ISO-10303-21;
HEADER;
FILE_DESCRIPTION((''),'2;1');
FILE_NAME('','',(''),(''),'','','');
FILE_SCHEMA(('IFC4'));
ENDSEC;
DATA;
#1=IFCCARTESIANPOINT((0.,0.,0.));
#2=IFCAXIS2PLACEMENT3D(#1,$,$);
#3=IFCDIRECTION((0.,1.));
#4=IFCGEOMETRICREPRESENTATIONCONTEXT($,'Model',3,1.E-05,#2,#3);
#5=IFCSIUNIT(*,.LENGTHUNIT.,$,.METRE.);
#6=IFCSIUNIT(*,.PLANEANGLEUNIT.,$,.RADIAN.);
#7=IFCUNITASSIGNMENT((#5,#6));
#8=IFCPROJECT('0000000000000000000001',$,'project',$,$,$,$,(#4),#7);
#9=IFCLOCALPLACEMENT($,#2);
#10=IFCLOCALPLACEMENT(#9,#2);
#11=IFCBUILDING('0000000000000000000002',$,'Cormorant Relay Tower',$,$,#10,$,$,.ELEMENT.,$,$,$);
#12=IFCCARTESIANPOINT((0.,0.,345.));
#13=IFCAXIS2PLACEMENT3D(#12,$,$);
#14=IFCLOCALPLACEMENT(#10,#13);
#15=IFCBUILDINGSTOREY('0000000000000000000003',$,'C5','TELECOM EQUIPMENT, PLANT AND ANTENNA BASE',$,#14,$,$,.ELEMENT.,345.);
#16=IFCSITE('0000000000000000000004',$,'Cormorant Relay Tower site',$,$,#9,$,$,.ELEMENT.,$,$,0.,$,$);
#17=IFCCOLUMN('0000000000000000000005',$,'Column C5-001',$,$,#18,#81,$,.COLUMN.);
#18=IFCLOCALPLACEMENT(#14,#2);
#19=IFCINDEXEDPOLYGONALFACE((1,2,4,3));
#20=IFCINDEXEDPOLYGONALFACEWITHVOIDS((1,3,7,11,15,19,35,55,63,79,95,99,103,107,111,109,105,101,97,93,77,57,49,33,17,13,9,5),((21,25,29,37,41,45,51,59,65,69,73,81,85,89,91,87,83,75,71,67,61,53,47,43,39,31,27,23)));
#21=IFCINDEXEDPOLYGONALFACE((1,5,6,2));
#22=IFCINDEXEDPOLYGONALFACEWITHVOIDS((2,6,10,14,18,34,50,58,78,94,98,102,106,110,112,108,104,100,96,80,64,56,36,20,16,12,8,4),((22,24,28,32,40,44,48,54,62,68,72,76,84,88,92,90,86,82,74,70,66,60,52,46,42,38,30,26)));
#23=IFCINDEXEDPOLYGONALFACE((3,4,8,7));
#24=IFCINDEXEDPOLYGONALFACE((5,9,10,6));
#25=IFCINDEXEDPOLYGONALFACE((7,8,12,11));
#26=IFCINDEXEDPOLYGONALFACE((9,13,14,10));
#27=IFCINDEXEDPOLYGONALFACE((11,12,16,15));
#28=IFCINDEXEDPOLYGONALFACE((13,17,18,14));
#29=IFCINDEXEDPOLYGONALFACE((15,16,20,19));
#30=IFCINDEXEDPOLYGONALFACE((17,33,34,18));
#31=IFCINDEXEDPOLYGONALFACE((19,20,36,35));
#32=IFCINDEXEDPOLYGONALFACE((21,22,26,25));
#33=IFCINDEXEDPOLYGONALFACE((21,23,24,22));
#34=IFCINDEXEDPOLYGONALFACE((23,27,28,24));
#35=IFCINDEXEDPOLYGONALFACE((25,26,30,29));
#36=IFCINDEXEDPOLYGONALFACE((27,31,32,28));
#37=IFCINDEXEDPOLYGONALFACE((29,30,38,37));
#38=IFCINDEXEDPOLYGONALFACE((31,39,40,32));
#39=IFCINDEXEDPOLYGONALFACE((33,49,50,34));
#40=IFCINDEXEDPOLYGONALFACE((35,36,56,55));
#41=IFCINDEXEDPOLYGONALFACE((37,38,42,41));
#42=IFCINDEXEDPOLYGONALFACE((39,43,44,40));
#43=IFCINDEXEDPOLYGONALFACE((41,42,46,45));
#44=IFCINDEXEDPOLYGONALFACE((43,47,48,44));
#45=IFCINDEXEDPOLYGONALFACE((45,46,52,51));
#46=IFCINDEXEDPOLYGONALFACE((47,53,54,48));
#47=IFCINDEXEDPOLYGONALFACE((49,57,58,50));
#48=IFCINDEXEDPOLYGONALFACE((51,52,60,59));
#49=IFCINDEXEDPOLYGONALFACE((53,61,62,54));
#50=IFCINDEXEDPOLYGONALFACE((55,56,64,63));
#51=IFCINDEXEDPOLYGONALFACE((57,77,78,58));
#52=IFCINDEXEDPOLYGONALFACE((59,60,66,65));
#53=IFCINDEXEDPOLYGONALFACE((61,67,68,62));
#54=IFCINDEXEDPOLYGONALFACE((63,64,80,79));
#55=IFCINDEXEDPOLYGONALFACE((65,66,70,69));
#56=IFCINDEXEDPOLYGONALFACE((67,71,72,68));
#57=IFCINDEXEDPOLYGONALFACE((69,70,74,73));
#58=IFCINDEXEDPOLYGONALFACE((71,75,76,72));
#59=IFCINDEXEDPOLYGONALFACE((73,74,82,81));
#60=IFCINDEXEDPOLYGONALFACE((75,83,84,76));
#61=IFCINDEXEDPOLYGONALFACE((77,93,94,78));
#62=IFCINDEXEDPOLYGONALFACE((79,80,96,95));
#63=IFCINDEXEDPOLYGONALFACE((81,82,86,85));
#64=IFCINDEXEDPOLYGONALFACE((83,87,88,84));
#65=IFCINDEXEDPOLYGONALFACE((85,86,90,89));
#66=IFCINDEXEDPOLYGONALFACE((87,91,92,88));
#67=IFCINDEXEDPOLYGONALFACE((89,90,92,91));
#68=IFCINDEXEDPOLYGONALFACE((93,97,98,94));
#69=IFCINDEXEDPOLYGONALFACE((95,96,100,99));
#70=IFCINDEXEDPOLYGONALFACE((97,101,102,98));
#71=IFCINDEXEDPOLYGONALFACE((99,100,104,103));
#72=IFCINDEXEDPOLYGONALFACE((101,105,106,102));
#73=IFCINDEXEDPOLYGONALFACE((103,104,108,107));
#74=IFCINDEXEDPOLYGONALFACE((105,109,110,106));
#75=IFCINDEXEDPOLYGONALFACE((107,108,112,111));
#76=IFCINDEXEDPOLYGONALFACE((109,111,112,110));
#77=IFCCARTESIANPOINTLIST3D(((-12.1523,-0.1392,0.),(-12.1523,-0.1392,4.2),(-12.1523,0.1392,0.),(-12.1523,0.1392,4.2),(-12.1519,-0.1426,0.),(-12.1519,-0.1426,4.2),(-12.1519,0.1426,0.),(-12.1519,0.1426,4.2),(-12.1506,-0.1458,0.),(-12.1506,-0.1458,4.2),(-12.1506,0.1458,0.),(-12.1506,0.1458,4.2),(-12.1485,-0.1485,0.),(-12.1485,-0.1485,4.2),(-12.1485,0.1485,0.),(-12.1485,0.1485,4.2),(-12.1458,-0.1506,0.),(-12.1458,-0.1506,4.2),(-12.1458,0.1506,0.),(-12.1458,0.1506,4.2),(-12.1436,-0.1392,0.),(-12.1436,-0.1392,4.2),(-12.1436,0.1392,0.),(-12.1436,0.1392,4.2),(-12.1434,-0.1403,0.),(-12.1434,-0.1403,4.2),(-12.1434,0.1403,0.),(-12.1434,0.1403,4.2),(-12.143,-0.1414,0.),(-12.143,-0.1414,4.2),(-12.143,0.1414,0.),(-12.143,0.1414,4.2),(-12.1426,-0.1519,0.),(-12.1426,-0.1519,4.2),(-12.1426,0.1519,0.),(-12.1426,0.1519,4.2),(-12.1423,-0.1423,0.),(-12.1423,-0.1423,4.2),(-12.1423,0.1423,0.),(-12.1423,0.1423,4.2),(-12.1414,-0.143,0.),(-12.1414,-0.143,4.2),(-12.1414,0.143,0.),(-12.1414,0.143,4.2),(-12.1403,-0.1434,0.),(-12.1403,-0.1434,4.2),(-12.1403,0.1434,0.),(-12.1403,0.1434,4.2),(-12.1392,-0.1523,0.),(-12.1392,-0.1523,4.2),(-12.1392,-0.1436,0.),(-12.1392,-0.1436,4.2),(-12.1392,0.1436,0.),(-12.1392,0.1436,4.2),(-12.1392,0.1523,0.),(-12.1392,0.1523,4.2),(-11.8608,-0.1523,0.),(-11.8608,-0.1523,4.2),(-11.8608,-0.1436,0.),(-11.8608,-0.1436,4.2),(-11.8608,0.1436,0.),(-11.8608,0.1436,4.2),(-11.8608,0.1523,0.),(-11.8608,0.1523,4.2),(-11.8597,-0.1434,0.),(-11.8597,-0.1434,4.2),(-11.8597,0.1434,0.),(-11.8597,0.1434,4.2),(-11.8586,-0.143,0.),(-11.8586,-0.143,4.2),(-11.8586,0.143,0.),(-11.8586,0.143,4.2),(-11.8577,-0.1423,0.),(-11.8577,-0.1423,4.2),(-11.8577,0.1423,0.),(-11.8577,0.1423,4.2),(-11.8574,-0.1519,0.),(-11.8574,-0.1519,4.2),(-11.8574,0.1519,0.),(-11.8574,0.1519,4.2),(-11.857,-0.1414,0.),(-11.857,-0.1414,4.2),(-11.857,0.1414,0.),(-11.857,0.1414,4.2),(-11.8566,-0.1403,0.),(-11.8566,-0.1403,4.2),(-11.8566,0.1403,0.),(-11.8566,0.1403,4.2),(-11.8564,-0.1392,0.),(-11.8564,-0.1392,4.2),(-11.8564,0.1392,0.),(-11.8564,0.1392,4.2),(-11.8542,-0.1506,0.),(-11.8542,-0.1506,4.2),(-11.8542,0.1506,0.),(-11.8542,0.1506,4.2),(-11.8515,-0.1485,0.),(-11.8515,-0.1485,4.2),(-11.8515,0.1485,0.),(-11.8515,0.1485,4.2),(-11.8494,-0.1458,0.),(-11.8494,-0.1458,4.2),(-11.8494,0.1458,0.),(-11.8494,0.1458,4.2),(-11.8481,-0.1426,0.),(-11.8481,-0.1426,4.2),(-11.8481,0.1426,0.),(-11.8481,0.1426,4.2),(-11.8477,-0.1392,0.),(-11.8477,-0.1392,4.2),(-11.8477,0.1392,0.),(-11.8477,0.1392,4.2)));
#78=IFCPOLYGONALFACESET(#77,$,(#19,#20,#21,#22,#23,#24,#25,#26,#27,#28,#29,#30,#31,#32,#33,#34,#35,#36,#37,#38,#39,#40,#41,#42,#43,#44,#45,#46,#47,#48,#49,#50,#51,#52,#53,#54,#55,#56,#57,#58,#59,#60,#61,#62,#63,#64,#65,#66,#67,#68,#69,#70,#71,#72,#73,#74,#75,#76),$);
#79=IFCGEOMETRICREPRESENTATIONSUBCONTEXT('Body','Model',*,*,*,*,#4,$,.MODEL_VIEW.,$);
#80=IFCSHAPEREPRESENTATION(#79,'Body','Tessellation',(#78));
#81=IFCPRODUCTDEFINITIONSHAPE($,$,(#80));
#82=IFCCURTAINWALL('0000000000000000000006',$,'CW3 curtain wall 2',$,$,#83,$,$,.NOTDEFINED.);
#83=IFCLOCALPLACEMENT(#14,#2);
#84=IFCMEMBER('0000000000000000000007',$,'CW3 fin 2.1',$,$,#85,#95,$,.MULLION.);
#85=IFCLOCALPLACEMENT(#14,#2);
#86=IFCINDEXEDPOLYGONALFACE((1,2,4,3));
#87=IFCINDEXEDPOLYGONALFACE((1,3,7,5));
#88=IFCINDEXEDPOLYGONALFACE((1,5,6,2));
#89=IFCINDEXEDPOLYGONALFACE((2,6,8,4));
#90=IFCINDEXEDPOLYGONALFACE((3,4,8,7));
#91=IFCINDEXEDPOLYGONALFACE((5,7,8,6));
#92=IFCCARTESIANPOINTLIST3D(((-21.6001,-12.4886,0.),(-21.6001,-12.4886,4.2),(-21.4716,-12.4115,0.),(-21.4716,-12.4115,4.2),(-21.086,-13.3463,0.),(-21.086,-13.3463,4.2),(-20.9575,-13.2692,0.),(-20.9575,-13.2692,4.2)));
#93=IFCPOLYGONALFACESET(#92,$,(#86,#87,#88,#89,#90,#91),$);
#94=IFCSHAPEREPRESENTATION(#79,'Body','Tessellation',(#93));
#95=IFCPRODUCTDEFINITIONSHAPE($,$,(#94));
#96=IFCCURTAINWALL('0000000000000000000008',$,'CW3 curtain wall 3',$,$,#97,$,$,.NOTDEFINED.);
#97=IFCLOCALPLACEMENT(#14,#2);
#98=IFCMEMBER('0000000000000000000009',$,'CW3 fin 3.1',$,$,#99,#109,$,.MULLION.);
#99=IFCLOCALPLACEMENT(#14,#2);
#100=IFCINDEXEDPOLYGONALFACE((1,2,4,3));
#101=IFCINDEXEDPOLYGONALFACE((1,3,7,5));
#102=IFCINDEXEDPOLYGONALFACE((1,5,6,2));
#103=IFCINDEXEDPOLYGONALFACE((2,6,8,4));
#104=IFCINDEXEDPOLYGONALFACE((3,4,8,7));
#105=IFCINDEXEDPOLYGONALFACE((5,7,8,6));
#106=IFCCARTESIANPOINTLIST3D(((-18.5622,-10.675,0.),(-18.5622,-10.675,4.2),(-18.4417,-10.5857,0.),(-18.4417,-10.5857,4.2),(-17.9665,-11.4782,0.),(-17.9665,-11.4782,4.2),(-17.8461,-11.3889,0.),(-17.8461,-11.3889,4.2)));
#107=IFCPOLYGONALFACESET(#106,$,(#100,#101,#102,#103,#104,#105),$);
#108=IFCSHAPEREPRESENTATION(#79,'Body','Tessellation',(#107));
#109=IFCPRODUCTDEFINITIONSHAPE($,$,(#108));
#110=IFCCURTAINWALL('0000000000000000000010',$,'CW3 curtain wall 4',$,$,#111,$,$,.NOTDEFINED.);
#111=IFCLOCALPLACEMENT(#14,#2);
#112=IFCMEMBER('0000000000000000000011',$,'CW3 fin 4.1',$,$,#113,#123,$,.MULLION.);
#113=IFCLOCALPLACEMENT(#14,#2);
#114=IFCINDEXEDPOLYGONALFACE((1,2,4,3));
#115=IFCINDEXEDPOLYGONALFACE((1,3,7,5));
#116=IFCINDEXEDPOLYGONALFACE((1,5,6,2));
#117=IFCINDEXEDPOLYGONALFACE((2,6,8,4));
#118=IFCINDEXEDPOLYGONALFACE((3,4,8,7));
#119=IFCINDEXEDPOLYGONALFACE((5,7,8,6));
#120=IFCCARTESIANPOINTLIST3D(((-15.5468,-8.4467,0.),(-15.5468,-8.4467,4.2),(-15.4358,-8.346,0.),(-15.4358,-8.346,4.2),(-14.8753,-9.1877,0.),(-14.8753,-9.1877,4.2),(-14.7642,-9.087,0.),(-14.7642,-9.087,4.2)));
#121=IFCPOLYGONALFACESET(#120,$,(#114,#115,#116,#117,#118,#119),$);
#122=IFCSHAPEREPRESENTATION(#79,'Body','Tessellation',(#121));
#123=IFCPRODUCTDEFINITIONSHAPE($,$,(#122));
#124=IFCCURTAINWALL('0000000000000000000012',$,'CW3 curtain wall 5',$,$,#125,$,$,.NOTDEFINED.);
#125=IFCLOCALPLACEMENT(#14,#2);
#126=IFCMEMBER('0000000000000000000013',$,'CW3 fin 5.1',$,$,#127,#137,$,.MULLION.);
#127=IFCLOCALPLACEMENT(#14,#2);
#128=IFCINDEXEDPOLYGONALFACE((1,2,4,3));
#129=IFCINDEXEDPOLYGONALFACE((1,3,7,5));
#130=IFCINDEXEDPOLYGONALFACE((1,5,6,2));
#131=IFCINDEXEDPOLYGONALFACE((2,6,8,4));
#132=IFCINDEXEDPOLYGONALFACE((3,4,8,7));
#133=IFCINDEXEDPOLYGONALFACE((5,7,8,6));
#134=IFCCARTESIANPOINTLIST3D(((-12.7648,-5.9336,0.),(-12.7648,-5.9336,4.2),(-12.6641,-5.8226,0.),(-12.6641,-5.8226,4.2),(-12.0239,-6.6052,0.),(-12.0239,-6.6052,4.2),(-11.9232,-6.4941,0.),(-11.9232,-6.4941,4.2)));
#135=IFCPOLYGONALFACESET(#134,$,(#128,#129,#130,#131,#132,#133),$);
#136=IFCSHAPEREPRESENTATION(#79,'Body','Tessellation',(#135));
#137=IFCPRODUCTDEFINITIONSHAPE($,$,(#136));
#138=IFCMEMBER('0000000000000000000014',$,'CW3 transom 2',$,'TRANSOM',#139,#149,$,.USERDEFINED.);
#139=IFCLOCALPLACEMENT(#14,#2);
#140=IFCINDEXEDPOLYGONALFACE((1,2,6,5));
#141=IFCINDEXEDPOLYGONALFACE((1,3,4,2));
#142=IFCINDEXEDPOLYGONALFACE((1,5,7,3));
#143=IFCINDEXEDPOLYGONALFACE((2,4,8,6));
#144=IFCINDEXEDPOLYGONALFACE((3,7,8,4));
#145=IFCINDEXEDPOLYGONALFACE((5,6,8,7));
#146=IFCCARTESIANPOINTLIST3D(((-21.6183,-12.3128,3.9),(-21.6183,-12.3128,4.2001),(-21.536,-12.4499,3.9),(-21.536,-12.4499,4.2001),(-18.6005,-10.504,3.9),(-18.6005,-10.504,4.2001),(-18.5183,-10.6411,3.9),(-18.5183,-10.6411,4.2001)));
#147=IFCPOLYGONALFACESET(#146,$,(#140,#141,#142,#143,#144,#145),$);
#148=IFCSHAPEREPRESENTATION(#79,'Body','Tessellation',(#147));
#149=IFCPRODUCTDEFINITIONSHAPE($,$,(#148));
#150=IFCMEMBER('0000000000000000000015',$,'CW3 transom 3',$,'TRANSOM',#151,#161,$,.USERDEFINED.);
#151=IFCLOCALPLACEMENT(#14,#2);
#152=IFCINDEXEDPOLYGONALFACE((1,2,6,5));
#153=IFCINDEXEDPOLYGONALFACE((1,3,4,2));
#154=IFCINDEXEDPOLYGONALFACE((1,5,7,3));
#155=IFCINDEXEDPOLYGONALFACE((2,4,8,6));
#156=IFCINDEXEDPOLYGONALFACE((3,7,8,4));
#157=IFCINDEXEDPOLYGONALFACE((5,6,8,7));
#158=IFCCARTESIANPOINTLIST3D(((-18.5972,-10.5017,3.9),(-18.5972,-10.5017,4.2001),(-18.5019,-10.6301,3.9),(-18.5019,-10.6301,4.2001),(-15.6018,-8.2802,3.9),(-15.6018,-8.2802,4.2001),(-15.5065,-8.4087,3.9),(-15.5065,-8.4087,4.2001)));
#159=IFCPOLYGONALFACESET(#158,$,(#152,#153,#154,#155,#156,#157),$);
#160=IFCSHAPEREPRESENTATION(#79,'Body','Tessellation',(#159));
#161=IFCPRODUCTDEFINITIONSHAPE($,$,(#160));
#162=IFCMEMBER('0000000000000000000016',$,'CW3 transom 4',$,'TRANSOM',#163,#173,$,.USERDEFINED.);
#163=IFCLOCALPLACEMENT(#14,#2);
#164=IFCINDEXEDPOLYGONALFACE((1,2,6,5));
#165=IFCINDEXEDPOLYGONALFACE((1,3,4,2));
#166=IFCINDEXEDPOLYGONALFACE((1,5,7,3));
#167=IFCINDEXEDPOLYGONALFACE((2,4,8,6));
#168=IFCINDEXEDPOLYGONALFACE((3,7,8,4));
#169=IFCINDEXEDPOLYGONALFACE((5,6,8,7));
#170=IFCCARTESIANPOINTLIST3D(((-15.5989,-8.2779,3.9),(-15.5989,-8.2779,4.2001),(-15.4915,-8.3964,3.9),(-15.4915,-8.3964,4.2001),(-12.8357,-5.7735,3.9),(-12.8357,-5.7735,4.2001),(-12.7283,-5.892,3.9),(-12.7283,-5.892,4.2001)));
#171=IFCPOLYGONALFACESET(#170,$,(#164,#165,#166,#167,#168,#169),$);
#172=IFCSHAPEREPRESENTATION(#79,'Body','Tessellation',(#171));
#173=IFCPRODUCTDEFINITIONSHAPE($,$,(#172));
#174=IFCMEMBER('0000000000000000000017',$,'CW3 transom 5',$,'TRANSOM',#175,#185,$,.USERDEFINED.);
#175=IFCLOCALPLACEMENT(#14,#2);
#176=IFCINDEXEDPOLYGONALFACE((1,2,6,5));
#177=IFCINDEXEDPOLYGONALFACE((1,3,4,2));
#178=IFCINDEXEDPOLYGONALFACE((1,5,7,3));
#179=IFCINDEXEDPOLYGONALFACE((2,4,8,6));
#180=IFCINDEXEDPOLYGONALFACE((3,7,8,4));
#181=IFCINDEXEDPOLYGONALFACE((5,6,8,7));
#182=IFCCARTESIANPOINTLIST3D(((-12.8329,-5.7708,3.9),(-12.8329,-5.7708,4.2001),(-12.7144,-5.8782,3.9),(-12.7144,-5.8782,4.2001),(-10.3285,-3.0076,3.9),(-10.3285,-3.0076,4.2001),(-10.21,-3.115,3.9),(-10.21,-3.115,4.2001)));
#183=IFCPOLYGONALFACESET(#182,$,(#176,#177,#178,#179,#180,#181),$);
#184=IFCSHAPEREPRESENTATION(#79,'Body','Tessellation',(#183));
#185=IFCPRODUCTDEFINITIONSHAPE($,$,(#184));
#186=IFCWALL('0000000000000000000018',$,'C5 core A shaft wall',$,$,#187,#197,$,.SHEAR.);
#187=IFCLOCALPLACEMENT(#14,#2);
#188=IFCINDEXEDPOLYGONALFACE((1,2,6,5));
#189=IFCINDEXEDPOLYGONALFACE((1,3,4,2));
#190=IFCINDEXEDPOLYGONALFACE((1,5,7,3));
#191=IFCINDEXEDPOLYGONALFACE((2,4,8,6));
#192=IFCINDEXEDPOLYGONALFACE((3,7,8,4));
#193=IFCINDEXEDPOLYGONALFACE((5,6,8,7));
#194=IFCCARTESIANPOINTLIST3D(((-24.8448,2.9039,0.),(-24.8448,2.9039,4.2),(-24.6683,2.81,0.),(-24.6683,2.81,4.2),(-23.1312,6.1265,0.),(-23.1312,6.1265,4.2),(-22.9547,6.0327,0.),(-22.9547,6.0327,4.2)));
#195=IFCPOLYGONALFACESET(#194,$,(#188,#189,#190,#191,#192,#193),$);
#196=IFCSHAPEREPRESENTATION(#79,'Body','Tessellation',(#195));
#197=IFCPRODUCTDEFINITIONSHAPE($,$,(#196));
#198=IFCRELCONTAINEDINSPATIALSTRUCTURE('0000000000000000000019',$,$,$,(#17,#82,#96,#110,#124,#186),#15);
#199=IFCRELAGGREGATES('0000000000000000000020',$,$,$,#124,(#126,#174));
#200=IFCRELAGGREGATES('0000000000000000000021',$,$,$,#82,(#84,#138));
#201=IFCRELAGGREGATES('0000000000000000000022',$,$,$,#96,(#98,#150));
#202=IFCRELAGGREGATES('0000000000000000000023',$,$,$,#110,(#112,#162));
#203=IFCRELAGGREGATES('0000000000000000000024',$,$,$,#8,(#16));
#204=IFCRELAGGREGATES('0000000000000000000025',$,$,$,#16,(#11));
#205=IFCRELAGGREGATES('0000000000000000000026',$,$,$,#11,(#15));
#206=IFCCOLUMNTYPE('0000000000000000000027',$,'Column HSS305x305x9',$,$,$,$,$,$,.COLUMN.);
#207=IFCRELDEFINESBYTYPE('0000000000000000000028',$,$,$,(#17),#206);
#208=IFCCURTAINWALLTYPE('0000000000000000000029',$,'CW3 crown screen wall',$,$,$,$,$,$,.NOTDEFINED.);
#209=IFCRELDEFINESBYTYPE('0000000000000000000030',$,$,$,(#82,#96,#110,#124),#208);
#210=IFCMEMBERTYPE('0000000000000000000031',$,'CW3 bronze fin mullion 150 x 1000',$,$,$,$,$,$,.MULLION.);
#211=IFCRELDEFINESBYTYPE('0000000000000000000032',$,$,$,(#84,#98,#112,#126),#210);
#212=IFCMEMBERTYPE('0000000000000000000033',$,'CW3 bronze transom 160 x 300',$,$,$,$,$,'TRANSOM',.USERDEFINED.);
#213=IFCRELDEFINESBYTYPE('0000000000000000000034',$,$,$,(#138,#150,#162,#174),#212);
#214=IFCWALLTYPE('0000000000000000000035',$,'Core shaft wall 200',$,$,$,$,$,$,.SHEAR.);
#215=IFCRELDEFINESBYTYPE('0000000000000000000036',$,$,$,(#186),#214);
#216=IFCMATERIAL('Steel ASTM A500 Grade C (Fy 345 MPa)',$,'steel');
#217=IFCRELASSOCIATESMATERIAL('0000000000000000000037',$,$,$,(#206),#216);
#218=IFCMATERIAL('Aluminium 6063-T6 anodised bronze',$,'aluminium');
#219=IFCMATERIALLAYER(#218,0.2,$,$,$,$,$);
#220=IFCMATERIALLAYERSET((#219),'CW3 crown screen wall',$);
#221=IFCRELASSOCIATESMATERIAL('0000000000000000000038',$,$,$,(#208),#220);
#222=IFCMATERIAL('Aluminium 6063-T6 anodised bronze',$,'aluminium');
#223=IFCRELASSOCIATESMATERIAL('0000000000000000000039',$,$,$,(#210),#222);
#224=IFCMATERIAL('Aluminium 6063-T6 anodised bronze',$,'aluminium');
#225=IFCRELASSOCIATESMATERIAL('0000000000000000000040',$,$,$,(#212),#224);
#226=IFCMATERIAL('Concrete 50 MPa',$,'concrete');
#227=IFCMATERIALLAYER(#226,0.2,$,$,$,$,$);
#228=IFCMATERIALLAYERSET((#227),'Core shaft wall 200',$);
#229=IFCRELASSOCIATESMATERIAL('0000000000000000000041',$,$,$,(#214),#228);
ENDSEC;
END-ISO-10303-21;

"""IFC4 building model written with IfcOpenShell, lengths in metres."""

from ifc_helpers import new_model, si_unit, direction, frame, frame_2d, origin, origin_2d, place, context, subcontext, project, spatial, rectangle, hollow_rectangle, extrude, material, layer, layer_set, material_profile, profile_set, type_object, element, aggregate, save


model = new_model("IFC4")

# Units and contexts
model_context = context("Model", 3, precision=1e-05, world=origin(), true_north=direction((0.0, 1.0)))
body_context = subcontext(model_context, "Body", "Model", "MODEL_VIEW")
ifc_project = project(units=[si_unit("LENGTHUNIT", "METRE"), si_unit("PLANEANGLEUNIT", "RADIAN")], contexts=[model_context])

# Site, building, storey
site_placement = place(None, origin())
site = spatial("IfcSite", under=ifc_project, at=site_placement, Name="Cormorant Relay Tower site", CompositionType="ELEMENT", RefElevation=0.0)
building_placement = place(site_placement, origin())
building = spatial("IfcBuilding", under=site, at=building_placement, Name="Cormorant Relay Tower", CompositionType="ELEMENT")
storey_placement = place(building_placement, frame((0.0, 0.0, 345.0)))
storey = spatial("IfcBuildingStorey", under=building, at=storey_placement, Name="C5", Description="TELECOM EQUIPMENT, PLANT AND ANTENNA BASE", CompositionType="ELEMENT", Elevation=345.0)

# Column
ifc_material_1 = material(Name="Steel ASTM A500 Grade C (Fy 345 MPa)", Category="steel")
ifc_material_profile_1 = material_profile(ifc_material_1, hollow_rectangle(XDim=0.3047, YDim=0.3047, WallThickness=0.0088, InnerFilletRadius=0.0044, OuterFilletRadius=0.0132, at=origin_2d()), Name="HSS305x305x9")
ifc_profile_set_1 = profile_set([ifc_material_profile_1], Name="Steel ASTM A500 Grade C (Fy 345 MPa)")
column_type = type_object("IfcColumnType", Name="Column HSS305x305x9", PredefinedType="COLUMN", material=ifc_profile_set_1)
column_placement = place(storey_placement, frame((-12.0, 0.0, 0.0), z_axis=(0.0, 0.0, 1.0), x_axis=(1.0, 0.0, 0.0)))
element("IfcColumn", 1, at=column_placement, inside=storey, type_object=column_type, Name="Column C5-001", PredefinedType="COLUMN", context=body_context, shape_type="SweptSolid", body=[
    extrude(hollow_rectangle(XDim=0.3047, YDim=0.3047, WallThickness=0.0088, InnerFilletRadius=0.0044, OuterFilletRadius=0.0132, at=origin_2d()), origin(), (0.0, 0.0, 1.0), 4.2),
])

# Curtain walls, members
ifc_material_2 = material(Name="Aluminium 6063-T6 anodised bronze", Category="aluminium")
ifc_layer_1 = layer(ifc_material_2, 0.2)
ifc_layer_set_1 = layer_set([ifc_layer_1], Name="CW3 crown screen wall")
curtain_wall_type = type_object("IfcCurtainWallType", Name="CW3 crown screen wall", PredefinedType="NOTDEFINED", material=ifc_layer_set_1)
curtain_wall_1_placement = place(storey_placement, origin())
curtain_wall_1 = element("IfcCurtainWall", 2, at=curtain_wall_1_placement, inside=storey, type_object=curtain_wall_type, Name="CW3 curtain wall 2", PredefinedType="NOTDEFINED")
ifc_material_3 = material(Name="Aluminium 6063-T6 anodised bronze", Category="aluminium")
ifc_material_profile_2 = material_profile(ifc_material_3, rectangle(XDim=0.1499, YDim=1.0, at=origin_2d()), Name="AL 150x1000")
ifc_profile_set_2 = profile_set([ifc_material_profile_2], Name="Aluminium 6063-T6 anodised bronze")
member_type_1 = type_object("IfcMemberType", Name="CW3 bronze fin mullion 150 x 1000", PredefinedType="MULLION", material=ifc_profile_set_2)
member_1_placement = place(storey_placement, frame((-21.2788, -12.8789, 0.0), z_axis=(0.0, 0.0, 1.0), x_axis=(0.857729, 0.514103, 0.0)))
member_1 = element("IfcMember", 3, at=member_1_placement, type_object=member_type_1, Name="CW3 fin 2.1", PredefinedType="MULLION", context=body_context, shape_type="SweptSolid", body=[
    extrude(rectangle(XDim=0.1499, YDim=1.0, at=origin_2d()), origin(), (0.0, 0.0, 1.0), 4.2),
])
curtain_wall_2_placement = place(storey_placement, origin())
curtain_wall_2 = element("IfcCurtainWall", 4, at=curtain_wall_2_placement, inside=storey, type_object=curtain_wall_type, Name="CW3 curtain wall 3", PredefinedType="NOTDEFINED")
member_2_placement = place(storey_placement, frame((-18.2041, -11.032, 0.0), z_axis=(0.0, 0.0, 1.0), x_axis=(0.803208, 0.595699, 0.0)))
member_2 = element("IfcMember", 5, at=member_2_placement, type_object=member_type_1, Name="CW3 fin 3.1", PredefinedType="MULLION", context=body_context, shape_type="SweptSolid", body=[
    extrude(rectangle(XDim=0.1499, YDim=1.0, at=origin_2d()), origin(), (0.0, 0.0, 1.0), 4.2),
])
curtain_wall_3_placement = place(storey_placement, origin())
curtain_wall_3 = element("IfcCurtainWall", 6, at=curtain_wall_3_placement, inside=storey, type_object=curtain_wall_type, Name="CW3 curtain wall 4", PredefinedType="NOTDEFINED")
member_3_placement = place(storey_placement, frame((-15.1555, -8.7668, 0.0), z_axis=(0.0, 0.0, 1.0), x_axis=(0.740951, 0.671559, 0.0)))
member_3 = element("IfcMember", 7, at=member_3_placement, type_object=member_type_1, Name="CW3 fin 4.1", PredefinedType="MULLION", context=body_context, shape_type="SweptSolid", body=[
    extrude(rectangle(XDim=0.1499, YDim=1.0, at=origin_2d()), origin(), (0.0, 0.0, 1.0), 4.2),
])
curtain_wall_4_placement = place(storey_placement, origin())
curtain_wall_4 = element("IfcCurtainWall", 8, at=curtain_wall_4_placement, inside=storey, type_object=curtain_wall_type, Name="CW3 curtain wall 5", PredefinedType="NOTDEFINED")
member_4_placement = place(storey_placement, frame((-12.344, -6.2139, 0.0), z_axis=(0.0, 0.0, 1.0), x_axis=(0.671559, 0.740951, 0.0)))
member_4 = element("IfcMember", 9, at=member_4_placement, type_object=member_type_1, Name="CW3 fin 5.1", PredefinedType="MULLION", context=body_context, shape_type="SweptSolid", body=[
    extrude(rectangle(XDim=0.1499, YDim=1.0, at=origin_2d()), origin(), (0.0, 0.0, 1.0), 4.2),
])

# Members
ifc_material_4 = material(Name="Aluminium 6063-T6 anodised bronze", Category="aluminium")
ifc_material_profile_3 = material_profile(ifc_material_4, rectangle(XDim=0.1599, YDim=0.3, at=origin_2d()), Name="AL 160x300")
ifc_profile_set_3 = profile_set([ifc_material_profile_3], Name="Aluminium 6063-T6 anodised bronze")
member_type_2 = type_object("IfcMemberType", Name="CW3 bronze transom 160 x 300", ElementType="TRANSOM", PredefinedType="USERDEFINED", material=ifc_profile_set_3)
member_5_placement = place(storey_placement, frame((-21.5771, -12.3813, 4.05), z_axis=(0.857725, 0.514108, 0.0), x_axis=(-0.514108, 0.857725, 0.0)))
member_5 = element("IfcMember", 10, at=member_5_placement, type_object=member_type_2, Name="CW3 transom 2", ObjectType="TRANSOM", PredefinedType="USERDEFINED", context=body_context, shape_type="SweptSolid", body=[
    extrude(rectangle(XDim=0.1599, YDim=0.3, at=origin_2d()), origin(), (0.0, 0.0, 1.0), 3.5183),
])
member_6_placement = place(storey_placement, frame((-18.5496, -10.5659, 4.05), z_axis=(0.803217, 0.595686, 0.0), x_axis=(-0.595686, 0.803217, 0.0)))
member_6 = element("IfcMember", 11, at=member_6_placement, type_object=member_type_2, Name="CW3 transom 3", ObjectType="TRANSOM", PredefinedType="USERDEFINED", context=body_context, shape_type="SweptSolid", body=[
    extrude(rectangle(XDim=0.1599, YDim=0.3, at=origin_2d()), origin(), (0.0, 0.0, 1.0), 3.7292),
])
member_7_placement = place(storey_placement, frame((-15.5452, -8.3372, 4.05), z_axis=(0.740952, 0.671558, 0.0), x_axis=(-0.671558, 0.740952, 0.0)))
member_7 = element("IfcMember", 12, at=member_7_placement, type_object=member_type_2, Name="CW3 transom 4", ObjectType="TRANSOM", PredefinedType="USERDEFINED", context=body_context, shape_type="SweptSolid", body=[
    extrude(rectangle(XDim=0.1599, YDim=0.3, at=origin_2d()), origin(), (0.0, 0.0, 1.0), 3.7292),
])
member_8_placement = place(storey_placement, frame((-12.7737, -5.8245, 4.05), z_axis=(0.671558, 0.740952, 0.0), x_axis=(-0.740952, 0.671558, 0.0)))
member_8 = element("IfcMember", 13, at=member_8_placement, type_object=member_type_2, Name="CW3 transom 5", ObjectType="TRANSOM", PredefinedType="USERDEFINED", context=body_context, shape_type="SweptSolid", body=[
    extrude(rectangle(XDim=0.1599, YDim=0.3, at=origin_2d()), origin(), (0.0, 0.0, 1.0), 3.7292),
])
aggregate(curtain_wall_4, [member_4, member_8])

# Wall
ifc_material_5 = material(Name="Concrete 50 MPa", Category="concrete")
ifc_layer_2 = layer(ifc_material_5, 0.2)
ifc_layer_set_2 = layer_set([ifc_layer_2], Name="Core shaft wall 200")
wall_type_1 = type_object("IfcWallType", Name="Core shaft wall 200", PredefinedType="SHEAR", material=ifc_layer_set_2)
wall_1_placement = place(storey_placement, frame((-23.043, 6.0796, 0.0), z_axis=(0.0, 0.0, 1.0), x_axis=(-0.469494, -0.882936, 0.0)))
element("IfcWall", 14, at=wall_1_placement, inside=storey, type_object=wall_type_1, Name="C5 core A shaft wall", PredefinedType="SHEAR", context=body_context, shape_type="SweptSolid", body=[
    extrude(rectangle(XDim=3.6499, YDim=0.2, at=frame_2d((1.825, 0.0))), origin(), (0.0, 0.0, 1.0), 4.2),
])

aggregate(curtain_wall_1, [member_1, member_5])
aggregate(curtain_wall_2, [member_2, member_6])
aggregate(curtain_wall_3, [member_3, member_7])

save(model, "model.ifc")
